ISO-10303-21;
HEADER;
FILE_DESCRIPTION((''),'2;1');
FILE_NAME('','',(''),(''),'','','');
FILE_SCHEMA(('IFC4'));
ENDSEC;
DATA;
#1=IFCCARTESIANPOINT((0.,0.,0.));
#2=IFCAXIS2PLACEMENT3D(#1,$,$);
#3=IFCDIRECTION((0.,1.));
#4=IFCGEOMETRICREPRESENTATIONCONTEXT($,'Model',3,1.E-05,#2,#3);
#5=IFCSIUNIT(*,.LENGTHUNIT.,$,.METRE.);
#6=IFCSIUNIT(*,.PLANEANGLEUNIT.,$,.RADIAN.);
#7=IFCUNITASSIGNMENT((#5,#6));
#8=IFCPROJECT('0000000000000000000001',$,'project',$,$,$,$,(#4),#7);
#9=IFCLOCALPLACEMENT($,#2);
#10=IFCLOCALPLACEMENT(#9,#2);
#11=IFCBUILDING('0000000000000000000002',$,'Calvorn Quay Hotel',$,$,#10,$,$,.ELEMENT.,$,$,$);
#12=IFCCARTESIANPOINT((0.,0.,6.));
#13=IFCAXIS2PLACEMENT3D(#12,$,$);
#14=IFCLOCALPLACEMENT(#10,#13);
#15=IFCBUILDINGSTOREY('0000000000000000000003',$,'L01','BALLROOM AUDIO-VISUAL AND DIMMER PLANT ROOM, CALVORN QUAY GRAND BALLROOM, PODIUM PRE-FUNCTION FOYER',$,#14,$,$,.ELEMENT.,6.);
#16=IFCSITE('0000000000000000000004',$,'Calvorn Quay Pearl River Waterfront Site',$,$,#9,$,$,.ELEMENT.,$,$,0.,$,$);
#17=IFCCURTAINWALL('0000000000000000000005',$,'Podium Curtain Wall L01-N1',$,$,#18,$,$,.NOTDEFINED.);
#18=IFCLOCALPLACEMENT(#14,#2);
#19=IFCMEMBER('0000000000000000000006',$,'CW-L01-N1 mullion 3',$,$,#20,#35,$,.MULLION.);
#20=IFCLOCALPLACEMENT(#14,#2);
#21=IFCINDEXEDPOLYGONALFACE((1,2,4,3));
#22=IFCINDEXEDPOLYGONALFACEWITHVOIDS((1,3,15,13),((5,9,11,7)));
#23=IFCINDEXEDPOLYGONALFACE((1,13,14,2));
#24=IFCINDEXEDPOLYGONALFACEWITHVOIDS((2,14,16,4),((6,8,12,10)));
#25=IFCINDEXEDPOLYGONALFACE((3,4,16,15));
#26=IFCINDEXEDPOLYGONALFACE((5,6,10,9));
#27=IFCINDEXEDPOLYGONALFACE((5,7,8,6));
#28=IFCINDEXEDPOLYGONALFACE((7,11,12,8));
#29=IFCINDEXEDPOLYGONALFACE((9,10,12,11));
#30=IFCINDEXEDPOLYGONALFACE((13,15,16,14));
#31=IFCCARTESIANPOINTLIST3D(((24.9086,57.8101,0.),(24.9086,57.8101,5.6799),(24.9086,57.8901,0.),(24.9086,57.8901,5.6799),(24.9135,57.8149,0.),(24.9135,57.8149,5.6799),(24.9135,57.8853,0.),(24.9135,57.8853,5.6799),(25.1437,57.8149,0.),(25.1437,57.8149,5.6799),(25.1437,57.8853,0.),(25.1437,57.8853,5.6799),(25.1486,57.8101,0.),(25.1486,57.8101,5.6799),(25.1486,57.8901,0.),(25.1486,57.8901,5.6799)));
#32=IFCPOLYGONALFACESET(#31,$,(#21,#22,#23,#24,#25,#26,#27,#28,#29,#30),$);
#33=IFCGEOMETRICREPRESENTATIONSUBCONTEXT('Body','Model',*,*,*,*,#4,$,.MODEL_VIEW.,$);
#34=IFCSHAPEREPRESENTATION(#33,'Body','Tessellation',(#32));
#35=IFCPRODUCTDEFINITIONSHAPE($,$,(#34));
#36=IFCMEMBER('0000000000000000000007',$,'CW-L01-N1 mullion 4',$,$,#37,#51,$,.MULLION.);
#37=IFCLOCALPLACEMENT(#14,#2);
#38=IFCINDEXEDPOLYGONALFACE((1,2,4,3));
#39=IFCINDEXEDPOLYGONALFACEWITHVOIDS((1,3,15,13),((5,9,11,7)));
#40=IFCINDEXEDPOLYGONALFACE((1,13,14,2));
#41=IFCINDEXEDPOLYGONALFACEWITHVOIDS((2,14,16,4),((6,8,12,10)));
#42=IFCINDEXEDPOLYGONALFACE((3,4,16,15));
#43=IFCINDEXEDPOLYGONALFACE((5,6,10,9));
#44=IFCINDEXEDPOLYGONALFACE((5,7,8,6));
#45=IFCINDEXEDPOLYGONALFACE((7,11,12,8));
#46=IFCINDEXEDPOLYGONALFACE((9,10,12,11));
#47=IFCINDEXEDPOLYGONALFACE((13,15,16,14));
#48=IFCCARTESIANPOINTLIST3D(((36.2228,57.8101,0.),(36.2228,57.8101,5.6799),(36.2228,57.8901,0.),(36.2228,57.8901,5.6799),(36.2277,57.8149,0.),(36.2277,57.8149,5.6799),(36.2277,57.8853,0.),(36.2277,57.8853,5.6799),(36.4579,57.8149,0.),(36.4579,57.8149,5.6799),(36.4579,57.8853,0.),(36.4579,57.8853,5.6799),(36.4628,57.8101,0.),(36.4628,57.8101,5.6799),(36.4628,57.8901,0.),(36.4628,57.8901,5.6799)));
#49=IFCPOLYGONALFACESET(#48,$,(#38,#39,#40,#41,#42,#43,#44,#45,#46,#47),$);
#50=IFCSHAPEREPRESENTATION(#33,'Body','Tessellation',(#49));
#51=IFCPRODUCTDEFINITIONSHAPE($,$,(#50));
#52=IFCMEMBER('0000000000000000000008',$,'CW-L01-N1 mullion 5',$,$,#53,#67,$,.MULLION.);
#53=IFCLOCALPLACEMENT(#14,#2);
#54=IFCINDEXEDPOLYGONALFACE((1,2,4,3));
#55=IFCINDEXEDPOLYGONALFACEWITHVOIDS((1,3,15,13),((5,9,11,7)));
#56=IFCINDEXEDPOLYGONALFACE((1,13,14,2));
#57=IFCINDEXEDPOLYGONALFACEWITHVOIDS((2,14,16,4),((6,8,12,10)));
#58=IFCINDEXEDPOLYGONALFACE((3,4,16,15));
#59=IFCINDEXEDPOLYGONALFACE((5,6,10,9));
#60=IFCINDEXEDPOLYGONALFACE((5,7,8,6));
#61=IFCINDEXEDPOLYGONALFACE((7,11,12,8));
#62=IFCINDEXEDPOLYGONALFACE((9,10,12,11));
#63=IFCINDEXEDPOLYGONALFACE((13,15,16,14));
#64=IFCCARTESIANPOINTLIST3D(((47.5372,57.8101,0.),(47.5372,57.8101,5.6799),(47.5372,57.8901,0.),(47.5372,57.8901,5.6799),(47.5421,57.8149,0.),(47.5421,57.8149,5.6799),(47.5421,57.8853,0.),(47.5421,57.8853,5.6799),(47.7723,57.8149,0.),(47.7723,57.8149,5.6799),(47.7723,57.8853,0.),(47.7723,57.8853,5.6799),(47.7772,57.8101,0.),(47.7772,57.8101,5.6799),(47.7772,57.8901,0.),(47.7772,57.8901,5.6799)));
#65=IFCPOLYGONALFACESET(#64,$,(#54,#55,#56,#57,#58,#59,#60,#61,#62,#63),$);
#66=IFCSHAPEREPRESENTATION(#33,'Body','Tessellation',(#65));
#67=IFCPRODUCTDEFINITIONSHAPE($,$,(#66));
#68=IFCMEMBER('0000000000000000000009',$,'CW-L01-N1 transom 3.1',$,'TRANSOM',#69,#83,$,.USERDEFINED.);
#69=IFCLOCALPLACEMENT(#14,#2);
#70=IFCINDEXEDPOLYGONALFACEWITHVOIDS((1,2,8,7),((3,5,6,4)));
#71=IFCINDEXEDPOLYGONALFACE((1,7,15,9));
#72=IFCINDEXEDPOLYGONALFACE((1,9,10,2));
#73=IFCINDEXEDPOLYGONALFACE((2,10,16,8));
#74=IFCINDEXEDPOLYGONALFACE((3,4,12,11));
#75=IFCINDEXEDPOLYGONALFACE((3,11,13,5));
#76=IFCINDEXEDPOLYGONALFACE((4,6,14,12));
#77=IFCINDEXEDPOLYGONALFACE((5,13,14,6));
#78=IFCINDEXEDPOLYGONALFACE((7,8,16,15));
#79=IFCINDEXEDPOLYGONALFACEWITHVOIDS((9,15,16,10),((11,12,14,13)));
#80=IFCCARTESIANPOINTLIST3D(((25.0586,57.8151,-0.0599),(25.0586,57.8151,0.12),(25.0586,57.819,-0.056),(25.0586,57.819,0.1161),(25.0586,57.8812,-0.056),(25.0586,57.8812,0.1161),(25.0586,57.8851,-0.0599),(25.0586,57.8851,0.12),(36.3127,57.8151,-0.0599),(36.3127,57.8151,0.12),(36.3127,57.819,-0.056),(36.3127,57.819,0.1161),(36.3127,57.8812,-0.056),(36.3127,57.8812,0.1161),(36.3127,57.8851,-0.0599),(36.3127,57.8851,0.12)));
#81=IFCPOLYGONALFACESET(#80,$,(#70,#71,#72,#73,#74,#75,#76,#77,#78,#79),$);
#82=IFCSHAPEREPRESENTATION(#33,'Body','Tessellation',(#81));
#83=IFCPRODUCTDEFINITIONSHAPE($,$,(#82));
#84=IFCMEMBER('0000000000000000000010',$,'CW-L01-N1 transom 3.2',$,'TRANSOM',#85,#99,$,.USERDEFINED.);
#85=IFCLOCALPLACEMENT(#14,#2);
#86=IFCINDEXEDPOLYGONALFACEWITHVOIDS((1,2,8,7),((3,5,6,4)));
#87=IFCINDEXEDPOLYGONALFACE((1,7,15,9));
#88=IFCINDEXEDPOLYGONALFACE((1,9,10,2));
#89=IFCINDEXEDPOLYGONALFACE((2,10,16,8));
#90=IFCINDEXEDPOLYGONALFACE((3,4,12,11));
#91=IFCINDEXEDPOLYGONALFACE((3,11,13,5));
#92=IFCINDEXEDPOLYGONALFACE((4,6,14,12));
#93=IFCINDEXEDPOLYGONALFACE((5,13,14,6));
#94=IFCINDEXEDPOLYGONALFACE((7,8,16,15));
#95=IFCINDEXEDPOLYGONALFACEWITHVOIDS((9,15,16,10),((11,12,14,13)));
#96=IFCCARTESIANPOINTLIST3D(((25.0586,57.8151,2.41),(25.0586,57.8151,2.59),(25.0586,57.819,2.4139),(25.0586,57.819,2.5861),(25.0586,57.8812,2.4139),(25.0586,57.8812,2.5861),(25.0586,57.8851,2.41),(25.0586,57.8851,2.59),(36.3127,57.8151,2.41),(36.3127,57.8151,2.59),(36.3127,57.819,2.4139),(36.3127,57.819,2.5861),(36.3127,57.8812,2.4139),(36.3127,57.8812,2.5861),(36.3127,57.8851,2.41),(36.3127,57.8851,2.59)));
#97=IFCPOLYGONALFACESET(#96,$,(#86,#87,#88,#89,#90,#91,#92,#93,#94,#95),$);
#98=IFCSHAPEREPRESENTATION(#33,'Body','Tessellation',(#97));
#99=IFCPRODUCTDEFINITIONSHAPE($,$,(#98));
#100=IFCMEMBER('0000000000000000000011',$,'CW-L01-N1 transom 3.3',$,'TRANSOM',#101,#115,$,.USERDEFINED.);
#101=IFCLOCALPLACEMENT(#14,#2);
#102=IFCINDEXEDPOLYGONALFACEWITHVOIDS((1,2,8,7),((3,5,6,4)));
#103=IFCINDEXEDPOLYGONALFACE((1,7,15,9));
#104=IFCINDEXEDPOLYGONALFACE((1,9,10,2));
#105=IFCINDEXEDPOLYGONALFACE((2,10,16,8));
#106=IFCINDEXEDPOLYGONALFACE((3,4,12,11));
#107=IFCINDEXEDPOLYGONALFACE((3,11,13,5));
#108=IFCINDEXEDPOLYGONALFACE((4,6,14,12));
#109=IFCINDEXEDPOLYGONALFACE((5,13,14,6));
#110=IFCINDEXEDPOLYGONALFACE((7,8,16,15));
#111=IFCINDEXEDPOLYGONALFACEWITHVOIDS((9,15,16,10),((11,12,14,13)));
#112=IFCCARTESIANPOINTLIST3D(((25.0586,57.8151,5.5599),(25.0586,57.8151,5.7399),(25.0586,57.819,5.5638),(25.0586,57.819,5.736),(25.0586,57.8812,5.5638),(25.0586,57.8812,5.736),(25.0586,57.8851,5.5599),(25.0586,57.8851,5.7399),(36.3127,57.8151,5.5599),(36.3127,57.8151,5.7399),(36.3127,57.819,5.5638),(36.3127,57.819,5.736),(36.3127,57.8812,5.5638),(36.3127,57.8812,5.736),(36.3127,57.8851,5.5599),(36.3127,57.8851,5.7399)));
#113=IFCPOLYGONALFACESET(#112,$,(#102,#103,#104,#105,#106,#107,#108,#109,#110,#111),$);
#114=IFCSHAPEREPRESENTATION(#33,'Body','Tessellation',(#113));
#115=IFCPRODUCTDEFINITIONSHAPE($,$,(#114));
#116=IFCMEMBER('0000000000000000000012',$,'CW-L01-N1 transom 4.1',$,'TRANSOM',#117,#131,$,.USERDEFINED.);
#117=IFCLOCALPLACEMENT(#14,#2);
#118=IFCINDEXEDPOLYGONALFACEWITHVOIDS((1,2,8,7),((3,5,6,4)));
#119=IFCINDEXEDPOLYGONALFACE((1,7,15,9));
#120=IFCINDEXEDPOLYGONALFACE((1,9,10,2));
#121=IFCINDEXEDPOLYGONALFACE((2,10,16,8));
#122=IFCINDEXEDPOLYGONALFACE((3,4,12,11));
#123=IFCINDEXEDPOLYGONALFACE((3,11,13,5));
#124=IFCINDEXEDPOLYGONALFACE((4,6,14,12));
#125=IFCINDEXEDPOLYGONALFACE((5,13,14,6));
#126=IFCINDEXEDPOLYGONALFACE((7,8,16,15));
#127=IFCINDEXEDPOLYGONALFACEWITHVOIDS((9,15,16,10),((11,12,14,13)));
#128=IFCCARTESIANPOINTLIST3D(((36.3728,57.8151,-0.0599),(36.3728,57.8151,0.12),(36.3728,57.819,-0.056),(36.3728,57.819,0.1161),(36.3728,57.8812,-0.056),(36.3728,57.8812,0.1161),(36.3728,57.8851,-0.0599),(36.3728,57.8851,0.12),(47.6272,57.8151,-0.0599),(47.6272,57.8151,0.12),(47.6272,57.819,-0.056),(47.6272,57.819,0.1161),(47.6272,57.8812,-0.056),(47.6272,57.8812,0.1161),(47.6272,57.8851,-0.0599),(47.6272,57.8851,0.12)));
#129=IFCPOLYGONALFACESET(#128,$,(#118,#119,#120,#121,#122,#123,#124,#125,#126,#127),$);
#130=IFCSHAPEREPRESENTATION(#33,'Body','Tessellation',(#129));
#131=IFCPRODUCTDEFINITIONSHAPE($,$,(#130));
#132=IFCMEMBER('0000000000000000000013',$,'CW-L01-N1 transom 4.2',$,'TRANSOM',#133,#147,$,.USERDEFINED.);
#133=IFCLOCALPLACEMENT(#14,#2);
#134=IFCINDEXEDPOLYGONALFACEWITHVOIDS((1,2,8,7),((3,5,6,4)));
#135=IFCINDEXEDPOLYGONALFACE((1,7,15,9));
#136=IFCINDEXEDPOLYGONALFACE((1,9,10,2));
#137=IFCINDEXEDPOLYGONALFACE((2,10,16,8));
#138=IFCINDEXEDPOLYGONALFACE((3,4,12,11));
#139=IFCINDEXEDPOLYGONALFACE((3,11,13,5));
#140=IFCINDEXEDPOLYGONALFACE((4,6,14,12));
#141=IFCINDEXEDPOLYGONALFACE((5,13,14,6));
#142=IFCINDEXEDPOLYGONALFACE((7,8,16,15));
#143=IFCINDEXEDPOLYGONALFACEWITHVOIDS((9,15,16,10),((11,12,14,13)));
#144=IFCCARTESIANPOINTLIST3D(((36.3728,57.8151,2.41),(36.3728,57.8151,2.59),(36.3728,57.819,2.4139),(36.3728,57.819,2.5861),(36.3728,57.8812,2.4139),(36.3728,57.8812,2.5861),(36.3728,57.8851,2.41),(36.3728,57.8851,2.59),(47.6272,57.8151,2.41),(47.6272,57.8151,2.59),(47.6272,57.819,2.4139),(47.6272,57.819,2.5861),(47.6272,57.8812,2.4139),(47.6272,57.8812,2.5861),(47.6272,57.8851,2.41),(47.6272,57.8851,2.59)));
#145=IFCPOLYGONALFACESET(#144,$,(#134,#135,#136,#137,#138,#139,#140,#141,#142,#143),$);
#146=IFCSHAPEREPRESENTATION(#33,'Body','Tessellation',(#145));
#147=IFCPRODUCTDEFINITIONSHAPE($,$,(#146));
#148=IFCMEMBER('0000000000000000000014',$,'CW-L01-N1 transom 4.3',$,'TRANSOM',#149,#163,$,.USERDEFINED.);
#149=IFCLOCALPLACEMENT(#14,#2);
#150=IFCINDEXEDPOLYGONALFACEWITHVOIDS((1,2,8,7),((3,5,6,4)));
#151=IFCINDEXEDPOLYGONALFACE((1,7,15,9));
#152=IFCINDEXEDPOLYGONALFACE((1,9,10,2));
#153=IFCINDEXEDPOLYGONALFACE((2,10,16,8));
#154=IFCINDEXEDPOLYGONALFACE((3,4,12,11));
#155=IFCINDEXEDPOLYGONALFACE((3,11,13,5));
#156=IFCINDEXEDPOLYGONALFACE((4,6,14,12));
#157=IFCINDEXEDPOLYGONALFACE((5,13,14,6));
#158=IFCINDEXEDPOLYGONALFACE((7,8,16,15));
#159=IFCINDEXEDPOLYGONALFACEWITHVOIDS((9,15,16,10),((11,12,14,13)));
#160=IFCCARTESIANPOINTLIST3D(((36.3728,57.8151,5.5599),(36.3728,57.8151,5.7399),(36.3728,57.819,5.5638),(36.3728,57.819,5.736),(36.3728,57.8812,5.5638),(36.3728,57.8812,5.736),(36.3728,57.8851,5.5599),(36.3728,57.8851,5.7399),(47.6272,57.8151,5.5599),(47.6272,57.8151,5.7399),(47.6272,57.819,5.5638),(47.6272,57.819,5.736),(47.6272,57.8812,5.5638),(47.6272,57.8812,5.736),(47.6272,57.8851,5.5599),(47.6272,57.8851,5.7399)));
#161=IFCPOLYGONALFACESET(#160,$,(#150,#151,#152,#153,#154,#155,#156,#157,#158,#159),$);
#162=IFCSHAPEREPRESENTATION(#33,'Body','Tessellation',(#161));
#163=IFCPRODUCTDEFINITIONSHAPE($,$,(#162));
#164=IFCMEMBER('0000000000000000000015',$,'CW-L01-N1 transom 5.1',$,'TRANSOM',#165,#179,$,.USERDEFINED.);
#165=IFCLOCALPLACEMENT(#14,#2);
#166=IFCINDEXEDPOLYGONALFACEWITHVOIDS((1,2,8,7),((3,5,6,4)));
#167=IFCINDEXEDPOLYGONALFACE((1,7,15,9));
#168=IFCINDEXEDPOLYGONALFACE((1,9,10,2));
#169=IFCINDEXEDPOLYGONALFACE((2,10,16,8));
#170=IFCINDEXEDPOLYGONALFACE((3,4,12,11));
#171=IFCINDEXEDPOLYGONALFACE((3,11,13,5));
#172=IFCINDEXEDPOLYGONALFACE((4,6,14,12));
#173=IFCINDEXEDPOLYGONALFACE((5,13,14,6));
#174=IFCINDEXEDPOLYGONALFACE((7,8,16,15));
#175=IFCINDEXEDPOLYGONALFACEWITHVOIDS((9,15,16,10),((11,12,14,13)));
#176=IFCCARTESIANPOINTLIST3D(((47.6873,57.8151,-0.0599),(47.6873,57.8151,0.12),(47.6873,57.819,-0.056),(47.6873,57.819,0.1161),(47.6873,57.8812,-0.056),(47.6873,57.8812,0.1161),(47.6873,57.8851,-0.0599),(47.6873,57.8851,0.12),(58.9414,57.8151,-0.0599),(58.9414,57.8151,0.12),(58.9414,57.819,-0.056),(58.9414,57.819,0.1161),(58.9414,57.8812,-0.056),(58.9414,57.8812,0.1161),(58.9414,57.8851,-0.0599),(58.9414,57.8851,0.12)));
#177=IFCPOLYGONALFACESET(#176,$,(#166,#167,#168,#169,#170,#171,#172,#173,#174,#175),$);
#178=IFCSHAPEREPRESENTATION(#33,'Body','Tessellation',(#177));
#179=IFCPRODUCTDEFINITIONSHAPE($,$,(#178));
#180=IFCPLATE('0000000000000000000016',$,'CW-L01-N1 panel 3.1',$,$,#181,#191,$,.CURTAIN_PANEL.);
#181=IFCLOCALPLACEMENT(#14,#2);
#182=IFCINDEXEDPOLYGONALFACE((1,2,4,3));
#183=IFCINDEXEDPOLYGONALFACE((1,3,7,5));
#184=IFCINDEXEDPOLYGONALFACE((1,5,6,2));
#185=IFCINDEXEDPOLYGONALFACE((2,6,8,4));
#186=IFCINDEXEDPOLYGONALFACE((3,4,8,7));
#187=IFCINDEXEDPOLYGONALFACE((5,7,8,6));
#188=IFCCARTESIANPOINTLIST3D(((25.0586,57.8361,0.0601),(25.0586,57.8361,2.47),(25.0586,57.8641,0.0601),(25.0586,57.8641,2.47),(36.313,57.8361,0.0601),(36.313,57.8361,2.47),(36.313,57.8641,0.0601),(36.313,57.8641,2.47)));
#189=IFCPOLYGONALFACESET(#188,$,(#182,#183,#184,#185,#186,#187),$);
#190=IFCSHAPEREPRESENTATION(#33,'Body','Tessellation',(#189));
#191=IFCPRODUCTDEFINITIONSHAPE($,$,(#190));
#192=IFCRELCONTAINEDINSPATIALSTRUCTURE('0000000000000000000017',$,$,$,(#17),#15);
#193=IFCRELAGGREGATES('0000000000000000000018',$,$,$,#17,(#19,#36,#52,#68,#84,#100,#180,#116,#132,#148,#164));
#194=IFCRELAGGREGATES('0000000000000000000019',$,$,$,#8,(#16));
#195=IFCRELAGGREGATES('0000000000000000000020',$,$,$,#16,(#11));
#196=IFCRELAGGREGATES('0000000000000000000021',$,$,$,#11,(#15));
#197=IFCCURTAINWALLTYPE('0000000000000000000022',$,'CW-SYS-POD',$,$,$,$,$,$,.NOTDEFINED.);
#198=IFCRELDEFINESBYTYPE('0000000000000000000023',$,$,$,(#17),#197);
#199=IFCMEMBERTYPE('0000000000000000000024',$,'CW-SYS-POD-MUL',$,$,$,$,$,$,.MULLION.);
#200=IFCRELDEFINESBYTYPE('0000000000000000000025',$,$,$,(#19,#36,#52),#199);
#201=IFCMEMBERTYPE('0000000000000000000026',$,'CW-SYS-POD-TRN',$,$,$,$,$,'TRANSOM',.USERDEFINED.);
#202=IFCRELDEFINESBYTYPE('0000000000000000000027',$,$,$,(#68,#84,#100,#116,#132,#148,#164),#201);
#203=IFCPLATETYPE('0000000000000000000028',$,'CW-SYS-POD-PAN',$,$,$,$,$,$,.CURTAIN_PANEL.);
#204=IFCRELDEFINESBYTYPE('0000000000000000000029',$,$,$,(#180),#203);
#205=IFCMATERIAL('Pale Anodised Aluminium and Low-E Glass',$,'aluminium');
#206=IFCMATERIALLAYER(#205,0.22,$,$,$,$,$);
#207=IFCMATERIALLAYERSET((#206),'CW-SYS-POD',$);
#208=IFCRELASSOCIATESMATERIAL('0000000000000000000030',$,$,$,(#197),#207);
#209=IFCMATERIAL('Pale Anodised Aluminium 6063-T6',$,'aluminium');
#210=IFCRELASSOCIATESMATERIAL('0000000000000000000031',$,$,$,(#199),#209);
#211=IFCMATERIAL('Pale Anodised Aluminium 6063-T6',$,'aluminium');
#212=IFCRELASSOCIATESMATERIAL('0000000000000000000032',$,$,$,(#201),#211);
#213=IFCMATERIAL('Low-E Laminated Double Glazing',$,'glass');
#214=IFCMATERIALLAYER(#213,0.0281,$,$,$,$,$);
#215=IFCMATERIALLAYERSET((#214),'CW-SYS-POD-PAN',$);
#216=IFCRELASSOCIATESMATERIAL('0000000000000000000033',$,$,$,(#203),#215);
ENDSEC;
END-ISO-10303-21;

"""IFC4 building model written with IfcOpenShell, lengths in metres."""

from ifc_helpers import new_model, si_unit, direction, frame, origin, origin_2d, place, context, subcontext, project, spatial, rectangle, hollow_rectangle, extrude, material, layer, layer_set, material_profile, profile_set, type_object, element, aggregate, save


model = new_model("IFC4")

# Units and contexts
model_context = context("Model", 3, precision=1e-05, world=origin(), true_north=direction((0.0, 1.0)))
body_context = subcontext(model_context, "Body", "Model", "MODEL_VIEW")
ifc_project = project(units=[si_unit("LENGTHUNIT", "METRE"), si_unit("PLANEANGLEUNIT", "RADIAN")], contexts=[model_context])

# Site, building, storey
site_placement = place(None, origin())
site = spatial("IfcSite", under=ifc_project, at=site_placement, Name="Calvorn Quay Pearl River Waterfront Site", CompositionType="ELEMENT", RefElevation=0.0)
building_placement = place(site_placement, origin())
building = spatial("IfcBuilding", under=site, at=building_placement, Name="Calvorn Quay Hotel", CompositionType="ELEMENT")
storey_placement = place(building_placement, frame((0.0, 0.0, 6.0)))
storey = spatial("IfcBuildingStorey", under=building, at=storey_placement, Name="L01", Description="BALLROOM AUDIO-VISUAL AND DIMMER PLANT ROOM, CALVORN QUAY GRAND BALLROOM, PODIUM PRE-FUNCTION FOYER", CompositionType="ELEMENT", Elevation=6.0)

# Curtain wall, members, plate
ifc_material_1 = material(Name="Pale Anodised Aluminium and Low-E Glass", Category="aluminium")
ifc_layer_1 = layer(ifc_material_1, 0.22)
ifc_layer_set_1 = layer_set([ifc_layer_1], Name="CW-SYS-POD")
curtain_wall_type = type_object("IfcCurtainWallType", Name="CW-SYS-POD", PredefinedType="NOTDEFINED", material=ifc_layer_set_1)
curtain_wall_placement = place(storey_placement, origin())
curtain_wall = element("IfcCurtainWall", 1, at=curtain_wall_placement, inside=storey, type_object=curtain_wall_type, Name="Podium Curtain Wall L01-N1", PredefinedType="NOTDEFINED")
ifc_material_2 = material(Name="Pale Anodised Aluminium 6063-T6", Category="aluminium")
ifc_material_profile_1 = material_profile(ifc_material_2, hollow_rectangle(XDim=0.0801, YDim=0.24, WallThickness=0.0049, at=origin_2d()), Name="ALU-M240x80x5")
ifc_profile_set_1 = profile_set([ifc_material_profile_1], Name="Pale Anodised Aluminium 6063-T6")
member_type_1 = type_object("IfcMemberType", Name="CW-SYS-POD-MUL", PredefinedType="MULLION", material=ifc_profile_set_1)
member_1_placement = place(storey_placement, frame((25.0286, 57.8501, 0.0), z_axis=(0.0, 0.0, 1.0), x_axis=(0.0, 1.0, 0.0)))
member_1 = element("IfcMember", 2, at=member_1_placement, type_object=member_type_1, Name="CW-L01-N1 mullion 3", PredefinedType="MULLION", context=body_context, shape_type="SweptSolid", body=[
    extrude(hollow_rectangle(XDim=0.0801, YDim=0.24, WallThickness=0.0049, at=origin_2d()), origin(), (0.0, 0.0, 1.0), 5.6799),
])
member_2_placement = place(storey_placement, frame((36.3428, 57.8501, 0.0), z_axis=(0.0, 0.0, 1.0), x_axis=(0.0, 1.0, 0.0)))
member_2 = element("IfcMember", 3, at=member_2_placement, type_object=member_type_1, Name="CW-L01-N1 mullion 4", PredefinedType="MULLION", context=body_context, shape_type="SweptSolid", body=[
    extrude(hollow_rectangle(XDim=0.0801, YDim=0.24, WallThickness=0.0049, at=origin_2d()), origin(), (0.0, 0.0, 1.0), 5.6799),
])
member_3_placement = place(storey_placement, frame((47.6572, 57.8501, 0.0), z_axis=(0.0, 0.0, 1.0), x_axis=(0.0, 1.0, 0.0)))
member_3 = element("IfcMember", 4, at=member_3_placement, type_object=member_type_1, Name="CW-L01-N1 mullion 5", PredefinedType="MULLION", context=body_context, shape_type="SweptSolid", body=[
    extrude(hollow_rectangle(XDim=0.0801, YDim=0.24, WallThickness=0.0049, at=origin_2d()), origin(), (0.0, 0.0, 1.0), 5.6799),
])
ifc_material_3 = material(Name="Pale Anodised Aluminium 6063-T6", Category="aluminium")
ifc_material_profile_2 = material_profile(ifc_material_3, hollow_rectangle(XDim=0.0701, YDim=0.1799, WallThickness=0.0039, at=origin_2d()), Name="ALU-T180x70x4")
ifc_profile_set_2 = profile_set([ifc_material_profile_2], Name="Pale Anodised Aluminium 6063-T6")
member_type_2 = type_object("IfcMemberType", Name="CW-SYS-POD-TRN", ElementType="TRANSOM", PredefinedType="USERDEFINED", material=ifc_profile_set_2)
member_4_placement = place(storey_placement, frame((25.0586, 57.8501, 0.03), z_axis=(1.0, 0.0, 0.0), x_axis=(0.0, 1.0, 0.0)))
member_4 = element("IfcMember", 5, at=member_4_placement, type_object=member_type_2, Name="CW-L01-N1 transom 3.1", ObjectType="TRANSOM", PredefinedType="USERDEFINED", context=body_context, shape_type="SweptSolid", body=[
    extrude(hollow_rectangle(XDim=0.0701, YDim=0.1799, WallThickness=0.0039, at=origin_2d()), origin(), (0.0, 0.0, 1.0), 11.2542),
])
member_5_placement = place(storey_placement, frame((25.0586, 57.8501, 2.5), z_axis=(1.0, 0.0, 0.0), x_axis=(0.0, 1.0, 0.0)))
member_5 = element("IfcMember", 6, at=member_5_placement, type_object=member_type_2, Name="CW-L01-N1 transom 3.2", ObjectType="TRANSOM", PredefinedType="USERDEFINED", context=body_context, shape_type="SweptSolid", body=[
    extrude(hollow_rectangle(XDim=0.0701, YDim=0.1799, WallThickness=0.0039, at=origin_2d()), origin(), (0.0, 0.0, 1.0), 11.2542),
])
member_6_placement = place(storey_placement, frame((25.0586, 57.8501, 5.6499), z_axis=(1.0, 0.0, 0.0), x_axis=(0.0, 1.0, 0.0)))
member_6 = element("IfcMember", 7, at=member_6_placement, type_object=member_type_2, Name="CW-L01-N1 transom 3.3", ObjectType="TRANSOM", PredefinedType="USERDEFINED", context=body_context, shape_type="SweptSolid", body=[
    extrude(hollow_rectangle(XDim=0.0701, YDim=0.1799, WallThickness=0.0039, at=origin_2d()), origin(), (0.0, 0.0, 1.0), 11.2542),
])
member_7_placement = place(storey_placement, frame((36.3728, 57.8501, 0.03), z_axis=(1.0, 0.0, 0.0), x_axis=(0.0, 1.0, 0.0)))
member_7 = element("IfcMember", 8, at=member_7_placement, type_object=member_type_2, Name="CW-L01-N1 transom 4.1", ObjectType="TRANSOM", PredefinedType="USERDEFINED", context=body_context, shape_type="SweptSolid", body=[
    extrude(hollow_rectangle(XDim=0.0701, YDim=0.1799, WallThickness=0.0039, at=origin_2d()), origin(), (0.0, 0.0, 1.0), 11.2544),
])
member_8_placement = place(storey_placement, frame((36.3728, 57.8501, 2.5), z_axis=(1.0, 0.0, 0.0), x_axis=(0.0, 1.0, 0.0)))
member_8 = element("IfcMember", 9, at=member_8_placement, type_object=member_type_2, Name="CW-L01-N1 transom 4.2", ObjectType="TRANSOM", PredefinedType="USERDEFINED", context=body_context, shape_type="SweptSolid", body=[
    extrude(hollow_rectangle(XDim=0.0701, YDim=0.1799, WallThickness=0.0039, at=origin_2d()), origin(), (0.0, 0.0, 1.0), 11.2544),
])
member_9_placement = place(storey_placement, frame((36.3728, 57.8501, 5.6499), z_axis=(1.0, 0.0, 0.0), x_axis=(0.0, 1.0, 0.0)))
member_9 = element("IfcMember", 10, at=member_9_placement, type_object=member_type_2, Name="CW-L01-N1 transom 4.3", ObjectType="TRANSOM", PredefinedType="USERDEFINED", context=body_context, shape_type="SweptSolid", body=[
    extrude(hollow_rectangle(XDim=0.0701, YDim=0.1799, WallThickness=0.0039, at=origin_2d()), origin(), (0.0, 0.0, 1.0), 11.2544),
])
member_10_placement = place(storey_placement, frame((47.6873, 57.8501, 0.03), z_axis=(1.0, 0.0, 0.0), x_axis=(0.0, 1.0, 0.0)))
member_10 = element("IfcMember", 11, at=member_10_placement, type_object=member_type_2, Name="CW-L01-N1 transom 5.1", ObjectType="TRANSOM", PredefinedType="USERDEFINED", context=body_context, shape_type="SweptSolid", body=[
    extrude(hollow_rectangle(XDim=0.0701, YDim=0.1799, WallThickness=0.0039, at=origin_2d()), origin(), (0.0, 0.0, 1.0), 11.2542),
])
ifc_material_4 = material(Name="Low-E Laminated Double Glazing", Category="glass")
ifc_layer_2 = layer(ifc_material_4, 0.0281)
ifc_layer_set_2 = layer_set([ifc_layer_2], Name="CW-SYS-POD-PAN")
plate_type = type_object("IfcPlateType", Name="CW-SYS-POD-PAN", PredefinedType="CURTAIN_PANEL", material=ifc_layer_set_2)
plate_1_placement = place(storey_placement, frame((30.6858, 57.8501, 0.0601), z_axis=(0.0, 0.0, 1.0), x_axis=(1.0, 0.0, 0.0)))
plate_1 = element("IfcPlate", 12, at=plate_1_placement, type_object=plate_type, Name="CW-L01-N1 panel 3.1", PredefinedType="CURTAIN_PANEL", context=body_context, shape_type="SweptSolid", body=[
    extrude(rectangle(XDim=11.2544, YDim=0.0281, at=origin_2d()), origin(), (0.0, 0.0, 1.0), 2.4099),
])
aggregate(curtain_wall, [member_1, member_2, member_3, member_4, member_5, member_6, plate_1, member_7, member_8, member_9, member_10])

save(model, "model.ifc")
